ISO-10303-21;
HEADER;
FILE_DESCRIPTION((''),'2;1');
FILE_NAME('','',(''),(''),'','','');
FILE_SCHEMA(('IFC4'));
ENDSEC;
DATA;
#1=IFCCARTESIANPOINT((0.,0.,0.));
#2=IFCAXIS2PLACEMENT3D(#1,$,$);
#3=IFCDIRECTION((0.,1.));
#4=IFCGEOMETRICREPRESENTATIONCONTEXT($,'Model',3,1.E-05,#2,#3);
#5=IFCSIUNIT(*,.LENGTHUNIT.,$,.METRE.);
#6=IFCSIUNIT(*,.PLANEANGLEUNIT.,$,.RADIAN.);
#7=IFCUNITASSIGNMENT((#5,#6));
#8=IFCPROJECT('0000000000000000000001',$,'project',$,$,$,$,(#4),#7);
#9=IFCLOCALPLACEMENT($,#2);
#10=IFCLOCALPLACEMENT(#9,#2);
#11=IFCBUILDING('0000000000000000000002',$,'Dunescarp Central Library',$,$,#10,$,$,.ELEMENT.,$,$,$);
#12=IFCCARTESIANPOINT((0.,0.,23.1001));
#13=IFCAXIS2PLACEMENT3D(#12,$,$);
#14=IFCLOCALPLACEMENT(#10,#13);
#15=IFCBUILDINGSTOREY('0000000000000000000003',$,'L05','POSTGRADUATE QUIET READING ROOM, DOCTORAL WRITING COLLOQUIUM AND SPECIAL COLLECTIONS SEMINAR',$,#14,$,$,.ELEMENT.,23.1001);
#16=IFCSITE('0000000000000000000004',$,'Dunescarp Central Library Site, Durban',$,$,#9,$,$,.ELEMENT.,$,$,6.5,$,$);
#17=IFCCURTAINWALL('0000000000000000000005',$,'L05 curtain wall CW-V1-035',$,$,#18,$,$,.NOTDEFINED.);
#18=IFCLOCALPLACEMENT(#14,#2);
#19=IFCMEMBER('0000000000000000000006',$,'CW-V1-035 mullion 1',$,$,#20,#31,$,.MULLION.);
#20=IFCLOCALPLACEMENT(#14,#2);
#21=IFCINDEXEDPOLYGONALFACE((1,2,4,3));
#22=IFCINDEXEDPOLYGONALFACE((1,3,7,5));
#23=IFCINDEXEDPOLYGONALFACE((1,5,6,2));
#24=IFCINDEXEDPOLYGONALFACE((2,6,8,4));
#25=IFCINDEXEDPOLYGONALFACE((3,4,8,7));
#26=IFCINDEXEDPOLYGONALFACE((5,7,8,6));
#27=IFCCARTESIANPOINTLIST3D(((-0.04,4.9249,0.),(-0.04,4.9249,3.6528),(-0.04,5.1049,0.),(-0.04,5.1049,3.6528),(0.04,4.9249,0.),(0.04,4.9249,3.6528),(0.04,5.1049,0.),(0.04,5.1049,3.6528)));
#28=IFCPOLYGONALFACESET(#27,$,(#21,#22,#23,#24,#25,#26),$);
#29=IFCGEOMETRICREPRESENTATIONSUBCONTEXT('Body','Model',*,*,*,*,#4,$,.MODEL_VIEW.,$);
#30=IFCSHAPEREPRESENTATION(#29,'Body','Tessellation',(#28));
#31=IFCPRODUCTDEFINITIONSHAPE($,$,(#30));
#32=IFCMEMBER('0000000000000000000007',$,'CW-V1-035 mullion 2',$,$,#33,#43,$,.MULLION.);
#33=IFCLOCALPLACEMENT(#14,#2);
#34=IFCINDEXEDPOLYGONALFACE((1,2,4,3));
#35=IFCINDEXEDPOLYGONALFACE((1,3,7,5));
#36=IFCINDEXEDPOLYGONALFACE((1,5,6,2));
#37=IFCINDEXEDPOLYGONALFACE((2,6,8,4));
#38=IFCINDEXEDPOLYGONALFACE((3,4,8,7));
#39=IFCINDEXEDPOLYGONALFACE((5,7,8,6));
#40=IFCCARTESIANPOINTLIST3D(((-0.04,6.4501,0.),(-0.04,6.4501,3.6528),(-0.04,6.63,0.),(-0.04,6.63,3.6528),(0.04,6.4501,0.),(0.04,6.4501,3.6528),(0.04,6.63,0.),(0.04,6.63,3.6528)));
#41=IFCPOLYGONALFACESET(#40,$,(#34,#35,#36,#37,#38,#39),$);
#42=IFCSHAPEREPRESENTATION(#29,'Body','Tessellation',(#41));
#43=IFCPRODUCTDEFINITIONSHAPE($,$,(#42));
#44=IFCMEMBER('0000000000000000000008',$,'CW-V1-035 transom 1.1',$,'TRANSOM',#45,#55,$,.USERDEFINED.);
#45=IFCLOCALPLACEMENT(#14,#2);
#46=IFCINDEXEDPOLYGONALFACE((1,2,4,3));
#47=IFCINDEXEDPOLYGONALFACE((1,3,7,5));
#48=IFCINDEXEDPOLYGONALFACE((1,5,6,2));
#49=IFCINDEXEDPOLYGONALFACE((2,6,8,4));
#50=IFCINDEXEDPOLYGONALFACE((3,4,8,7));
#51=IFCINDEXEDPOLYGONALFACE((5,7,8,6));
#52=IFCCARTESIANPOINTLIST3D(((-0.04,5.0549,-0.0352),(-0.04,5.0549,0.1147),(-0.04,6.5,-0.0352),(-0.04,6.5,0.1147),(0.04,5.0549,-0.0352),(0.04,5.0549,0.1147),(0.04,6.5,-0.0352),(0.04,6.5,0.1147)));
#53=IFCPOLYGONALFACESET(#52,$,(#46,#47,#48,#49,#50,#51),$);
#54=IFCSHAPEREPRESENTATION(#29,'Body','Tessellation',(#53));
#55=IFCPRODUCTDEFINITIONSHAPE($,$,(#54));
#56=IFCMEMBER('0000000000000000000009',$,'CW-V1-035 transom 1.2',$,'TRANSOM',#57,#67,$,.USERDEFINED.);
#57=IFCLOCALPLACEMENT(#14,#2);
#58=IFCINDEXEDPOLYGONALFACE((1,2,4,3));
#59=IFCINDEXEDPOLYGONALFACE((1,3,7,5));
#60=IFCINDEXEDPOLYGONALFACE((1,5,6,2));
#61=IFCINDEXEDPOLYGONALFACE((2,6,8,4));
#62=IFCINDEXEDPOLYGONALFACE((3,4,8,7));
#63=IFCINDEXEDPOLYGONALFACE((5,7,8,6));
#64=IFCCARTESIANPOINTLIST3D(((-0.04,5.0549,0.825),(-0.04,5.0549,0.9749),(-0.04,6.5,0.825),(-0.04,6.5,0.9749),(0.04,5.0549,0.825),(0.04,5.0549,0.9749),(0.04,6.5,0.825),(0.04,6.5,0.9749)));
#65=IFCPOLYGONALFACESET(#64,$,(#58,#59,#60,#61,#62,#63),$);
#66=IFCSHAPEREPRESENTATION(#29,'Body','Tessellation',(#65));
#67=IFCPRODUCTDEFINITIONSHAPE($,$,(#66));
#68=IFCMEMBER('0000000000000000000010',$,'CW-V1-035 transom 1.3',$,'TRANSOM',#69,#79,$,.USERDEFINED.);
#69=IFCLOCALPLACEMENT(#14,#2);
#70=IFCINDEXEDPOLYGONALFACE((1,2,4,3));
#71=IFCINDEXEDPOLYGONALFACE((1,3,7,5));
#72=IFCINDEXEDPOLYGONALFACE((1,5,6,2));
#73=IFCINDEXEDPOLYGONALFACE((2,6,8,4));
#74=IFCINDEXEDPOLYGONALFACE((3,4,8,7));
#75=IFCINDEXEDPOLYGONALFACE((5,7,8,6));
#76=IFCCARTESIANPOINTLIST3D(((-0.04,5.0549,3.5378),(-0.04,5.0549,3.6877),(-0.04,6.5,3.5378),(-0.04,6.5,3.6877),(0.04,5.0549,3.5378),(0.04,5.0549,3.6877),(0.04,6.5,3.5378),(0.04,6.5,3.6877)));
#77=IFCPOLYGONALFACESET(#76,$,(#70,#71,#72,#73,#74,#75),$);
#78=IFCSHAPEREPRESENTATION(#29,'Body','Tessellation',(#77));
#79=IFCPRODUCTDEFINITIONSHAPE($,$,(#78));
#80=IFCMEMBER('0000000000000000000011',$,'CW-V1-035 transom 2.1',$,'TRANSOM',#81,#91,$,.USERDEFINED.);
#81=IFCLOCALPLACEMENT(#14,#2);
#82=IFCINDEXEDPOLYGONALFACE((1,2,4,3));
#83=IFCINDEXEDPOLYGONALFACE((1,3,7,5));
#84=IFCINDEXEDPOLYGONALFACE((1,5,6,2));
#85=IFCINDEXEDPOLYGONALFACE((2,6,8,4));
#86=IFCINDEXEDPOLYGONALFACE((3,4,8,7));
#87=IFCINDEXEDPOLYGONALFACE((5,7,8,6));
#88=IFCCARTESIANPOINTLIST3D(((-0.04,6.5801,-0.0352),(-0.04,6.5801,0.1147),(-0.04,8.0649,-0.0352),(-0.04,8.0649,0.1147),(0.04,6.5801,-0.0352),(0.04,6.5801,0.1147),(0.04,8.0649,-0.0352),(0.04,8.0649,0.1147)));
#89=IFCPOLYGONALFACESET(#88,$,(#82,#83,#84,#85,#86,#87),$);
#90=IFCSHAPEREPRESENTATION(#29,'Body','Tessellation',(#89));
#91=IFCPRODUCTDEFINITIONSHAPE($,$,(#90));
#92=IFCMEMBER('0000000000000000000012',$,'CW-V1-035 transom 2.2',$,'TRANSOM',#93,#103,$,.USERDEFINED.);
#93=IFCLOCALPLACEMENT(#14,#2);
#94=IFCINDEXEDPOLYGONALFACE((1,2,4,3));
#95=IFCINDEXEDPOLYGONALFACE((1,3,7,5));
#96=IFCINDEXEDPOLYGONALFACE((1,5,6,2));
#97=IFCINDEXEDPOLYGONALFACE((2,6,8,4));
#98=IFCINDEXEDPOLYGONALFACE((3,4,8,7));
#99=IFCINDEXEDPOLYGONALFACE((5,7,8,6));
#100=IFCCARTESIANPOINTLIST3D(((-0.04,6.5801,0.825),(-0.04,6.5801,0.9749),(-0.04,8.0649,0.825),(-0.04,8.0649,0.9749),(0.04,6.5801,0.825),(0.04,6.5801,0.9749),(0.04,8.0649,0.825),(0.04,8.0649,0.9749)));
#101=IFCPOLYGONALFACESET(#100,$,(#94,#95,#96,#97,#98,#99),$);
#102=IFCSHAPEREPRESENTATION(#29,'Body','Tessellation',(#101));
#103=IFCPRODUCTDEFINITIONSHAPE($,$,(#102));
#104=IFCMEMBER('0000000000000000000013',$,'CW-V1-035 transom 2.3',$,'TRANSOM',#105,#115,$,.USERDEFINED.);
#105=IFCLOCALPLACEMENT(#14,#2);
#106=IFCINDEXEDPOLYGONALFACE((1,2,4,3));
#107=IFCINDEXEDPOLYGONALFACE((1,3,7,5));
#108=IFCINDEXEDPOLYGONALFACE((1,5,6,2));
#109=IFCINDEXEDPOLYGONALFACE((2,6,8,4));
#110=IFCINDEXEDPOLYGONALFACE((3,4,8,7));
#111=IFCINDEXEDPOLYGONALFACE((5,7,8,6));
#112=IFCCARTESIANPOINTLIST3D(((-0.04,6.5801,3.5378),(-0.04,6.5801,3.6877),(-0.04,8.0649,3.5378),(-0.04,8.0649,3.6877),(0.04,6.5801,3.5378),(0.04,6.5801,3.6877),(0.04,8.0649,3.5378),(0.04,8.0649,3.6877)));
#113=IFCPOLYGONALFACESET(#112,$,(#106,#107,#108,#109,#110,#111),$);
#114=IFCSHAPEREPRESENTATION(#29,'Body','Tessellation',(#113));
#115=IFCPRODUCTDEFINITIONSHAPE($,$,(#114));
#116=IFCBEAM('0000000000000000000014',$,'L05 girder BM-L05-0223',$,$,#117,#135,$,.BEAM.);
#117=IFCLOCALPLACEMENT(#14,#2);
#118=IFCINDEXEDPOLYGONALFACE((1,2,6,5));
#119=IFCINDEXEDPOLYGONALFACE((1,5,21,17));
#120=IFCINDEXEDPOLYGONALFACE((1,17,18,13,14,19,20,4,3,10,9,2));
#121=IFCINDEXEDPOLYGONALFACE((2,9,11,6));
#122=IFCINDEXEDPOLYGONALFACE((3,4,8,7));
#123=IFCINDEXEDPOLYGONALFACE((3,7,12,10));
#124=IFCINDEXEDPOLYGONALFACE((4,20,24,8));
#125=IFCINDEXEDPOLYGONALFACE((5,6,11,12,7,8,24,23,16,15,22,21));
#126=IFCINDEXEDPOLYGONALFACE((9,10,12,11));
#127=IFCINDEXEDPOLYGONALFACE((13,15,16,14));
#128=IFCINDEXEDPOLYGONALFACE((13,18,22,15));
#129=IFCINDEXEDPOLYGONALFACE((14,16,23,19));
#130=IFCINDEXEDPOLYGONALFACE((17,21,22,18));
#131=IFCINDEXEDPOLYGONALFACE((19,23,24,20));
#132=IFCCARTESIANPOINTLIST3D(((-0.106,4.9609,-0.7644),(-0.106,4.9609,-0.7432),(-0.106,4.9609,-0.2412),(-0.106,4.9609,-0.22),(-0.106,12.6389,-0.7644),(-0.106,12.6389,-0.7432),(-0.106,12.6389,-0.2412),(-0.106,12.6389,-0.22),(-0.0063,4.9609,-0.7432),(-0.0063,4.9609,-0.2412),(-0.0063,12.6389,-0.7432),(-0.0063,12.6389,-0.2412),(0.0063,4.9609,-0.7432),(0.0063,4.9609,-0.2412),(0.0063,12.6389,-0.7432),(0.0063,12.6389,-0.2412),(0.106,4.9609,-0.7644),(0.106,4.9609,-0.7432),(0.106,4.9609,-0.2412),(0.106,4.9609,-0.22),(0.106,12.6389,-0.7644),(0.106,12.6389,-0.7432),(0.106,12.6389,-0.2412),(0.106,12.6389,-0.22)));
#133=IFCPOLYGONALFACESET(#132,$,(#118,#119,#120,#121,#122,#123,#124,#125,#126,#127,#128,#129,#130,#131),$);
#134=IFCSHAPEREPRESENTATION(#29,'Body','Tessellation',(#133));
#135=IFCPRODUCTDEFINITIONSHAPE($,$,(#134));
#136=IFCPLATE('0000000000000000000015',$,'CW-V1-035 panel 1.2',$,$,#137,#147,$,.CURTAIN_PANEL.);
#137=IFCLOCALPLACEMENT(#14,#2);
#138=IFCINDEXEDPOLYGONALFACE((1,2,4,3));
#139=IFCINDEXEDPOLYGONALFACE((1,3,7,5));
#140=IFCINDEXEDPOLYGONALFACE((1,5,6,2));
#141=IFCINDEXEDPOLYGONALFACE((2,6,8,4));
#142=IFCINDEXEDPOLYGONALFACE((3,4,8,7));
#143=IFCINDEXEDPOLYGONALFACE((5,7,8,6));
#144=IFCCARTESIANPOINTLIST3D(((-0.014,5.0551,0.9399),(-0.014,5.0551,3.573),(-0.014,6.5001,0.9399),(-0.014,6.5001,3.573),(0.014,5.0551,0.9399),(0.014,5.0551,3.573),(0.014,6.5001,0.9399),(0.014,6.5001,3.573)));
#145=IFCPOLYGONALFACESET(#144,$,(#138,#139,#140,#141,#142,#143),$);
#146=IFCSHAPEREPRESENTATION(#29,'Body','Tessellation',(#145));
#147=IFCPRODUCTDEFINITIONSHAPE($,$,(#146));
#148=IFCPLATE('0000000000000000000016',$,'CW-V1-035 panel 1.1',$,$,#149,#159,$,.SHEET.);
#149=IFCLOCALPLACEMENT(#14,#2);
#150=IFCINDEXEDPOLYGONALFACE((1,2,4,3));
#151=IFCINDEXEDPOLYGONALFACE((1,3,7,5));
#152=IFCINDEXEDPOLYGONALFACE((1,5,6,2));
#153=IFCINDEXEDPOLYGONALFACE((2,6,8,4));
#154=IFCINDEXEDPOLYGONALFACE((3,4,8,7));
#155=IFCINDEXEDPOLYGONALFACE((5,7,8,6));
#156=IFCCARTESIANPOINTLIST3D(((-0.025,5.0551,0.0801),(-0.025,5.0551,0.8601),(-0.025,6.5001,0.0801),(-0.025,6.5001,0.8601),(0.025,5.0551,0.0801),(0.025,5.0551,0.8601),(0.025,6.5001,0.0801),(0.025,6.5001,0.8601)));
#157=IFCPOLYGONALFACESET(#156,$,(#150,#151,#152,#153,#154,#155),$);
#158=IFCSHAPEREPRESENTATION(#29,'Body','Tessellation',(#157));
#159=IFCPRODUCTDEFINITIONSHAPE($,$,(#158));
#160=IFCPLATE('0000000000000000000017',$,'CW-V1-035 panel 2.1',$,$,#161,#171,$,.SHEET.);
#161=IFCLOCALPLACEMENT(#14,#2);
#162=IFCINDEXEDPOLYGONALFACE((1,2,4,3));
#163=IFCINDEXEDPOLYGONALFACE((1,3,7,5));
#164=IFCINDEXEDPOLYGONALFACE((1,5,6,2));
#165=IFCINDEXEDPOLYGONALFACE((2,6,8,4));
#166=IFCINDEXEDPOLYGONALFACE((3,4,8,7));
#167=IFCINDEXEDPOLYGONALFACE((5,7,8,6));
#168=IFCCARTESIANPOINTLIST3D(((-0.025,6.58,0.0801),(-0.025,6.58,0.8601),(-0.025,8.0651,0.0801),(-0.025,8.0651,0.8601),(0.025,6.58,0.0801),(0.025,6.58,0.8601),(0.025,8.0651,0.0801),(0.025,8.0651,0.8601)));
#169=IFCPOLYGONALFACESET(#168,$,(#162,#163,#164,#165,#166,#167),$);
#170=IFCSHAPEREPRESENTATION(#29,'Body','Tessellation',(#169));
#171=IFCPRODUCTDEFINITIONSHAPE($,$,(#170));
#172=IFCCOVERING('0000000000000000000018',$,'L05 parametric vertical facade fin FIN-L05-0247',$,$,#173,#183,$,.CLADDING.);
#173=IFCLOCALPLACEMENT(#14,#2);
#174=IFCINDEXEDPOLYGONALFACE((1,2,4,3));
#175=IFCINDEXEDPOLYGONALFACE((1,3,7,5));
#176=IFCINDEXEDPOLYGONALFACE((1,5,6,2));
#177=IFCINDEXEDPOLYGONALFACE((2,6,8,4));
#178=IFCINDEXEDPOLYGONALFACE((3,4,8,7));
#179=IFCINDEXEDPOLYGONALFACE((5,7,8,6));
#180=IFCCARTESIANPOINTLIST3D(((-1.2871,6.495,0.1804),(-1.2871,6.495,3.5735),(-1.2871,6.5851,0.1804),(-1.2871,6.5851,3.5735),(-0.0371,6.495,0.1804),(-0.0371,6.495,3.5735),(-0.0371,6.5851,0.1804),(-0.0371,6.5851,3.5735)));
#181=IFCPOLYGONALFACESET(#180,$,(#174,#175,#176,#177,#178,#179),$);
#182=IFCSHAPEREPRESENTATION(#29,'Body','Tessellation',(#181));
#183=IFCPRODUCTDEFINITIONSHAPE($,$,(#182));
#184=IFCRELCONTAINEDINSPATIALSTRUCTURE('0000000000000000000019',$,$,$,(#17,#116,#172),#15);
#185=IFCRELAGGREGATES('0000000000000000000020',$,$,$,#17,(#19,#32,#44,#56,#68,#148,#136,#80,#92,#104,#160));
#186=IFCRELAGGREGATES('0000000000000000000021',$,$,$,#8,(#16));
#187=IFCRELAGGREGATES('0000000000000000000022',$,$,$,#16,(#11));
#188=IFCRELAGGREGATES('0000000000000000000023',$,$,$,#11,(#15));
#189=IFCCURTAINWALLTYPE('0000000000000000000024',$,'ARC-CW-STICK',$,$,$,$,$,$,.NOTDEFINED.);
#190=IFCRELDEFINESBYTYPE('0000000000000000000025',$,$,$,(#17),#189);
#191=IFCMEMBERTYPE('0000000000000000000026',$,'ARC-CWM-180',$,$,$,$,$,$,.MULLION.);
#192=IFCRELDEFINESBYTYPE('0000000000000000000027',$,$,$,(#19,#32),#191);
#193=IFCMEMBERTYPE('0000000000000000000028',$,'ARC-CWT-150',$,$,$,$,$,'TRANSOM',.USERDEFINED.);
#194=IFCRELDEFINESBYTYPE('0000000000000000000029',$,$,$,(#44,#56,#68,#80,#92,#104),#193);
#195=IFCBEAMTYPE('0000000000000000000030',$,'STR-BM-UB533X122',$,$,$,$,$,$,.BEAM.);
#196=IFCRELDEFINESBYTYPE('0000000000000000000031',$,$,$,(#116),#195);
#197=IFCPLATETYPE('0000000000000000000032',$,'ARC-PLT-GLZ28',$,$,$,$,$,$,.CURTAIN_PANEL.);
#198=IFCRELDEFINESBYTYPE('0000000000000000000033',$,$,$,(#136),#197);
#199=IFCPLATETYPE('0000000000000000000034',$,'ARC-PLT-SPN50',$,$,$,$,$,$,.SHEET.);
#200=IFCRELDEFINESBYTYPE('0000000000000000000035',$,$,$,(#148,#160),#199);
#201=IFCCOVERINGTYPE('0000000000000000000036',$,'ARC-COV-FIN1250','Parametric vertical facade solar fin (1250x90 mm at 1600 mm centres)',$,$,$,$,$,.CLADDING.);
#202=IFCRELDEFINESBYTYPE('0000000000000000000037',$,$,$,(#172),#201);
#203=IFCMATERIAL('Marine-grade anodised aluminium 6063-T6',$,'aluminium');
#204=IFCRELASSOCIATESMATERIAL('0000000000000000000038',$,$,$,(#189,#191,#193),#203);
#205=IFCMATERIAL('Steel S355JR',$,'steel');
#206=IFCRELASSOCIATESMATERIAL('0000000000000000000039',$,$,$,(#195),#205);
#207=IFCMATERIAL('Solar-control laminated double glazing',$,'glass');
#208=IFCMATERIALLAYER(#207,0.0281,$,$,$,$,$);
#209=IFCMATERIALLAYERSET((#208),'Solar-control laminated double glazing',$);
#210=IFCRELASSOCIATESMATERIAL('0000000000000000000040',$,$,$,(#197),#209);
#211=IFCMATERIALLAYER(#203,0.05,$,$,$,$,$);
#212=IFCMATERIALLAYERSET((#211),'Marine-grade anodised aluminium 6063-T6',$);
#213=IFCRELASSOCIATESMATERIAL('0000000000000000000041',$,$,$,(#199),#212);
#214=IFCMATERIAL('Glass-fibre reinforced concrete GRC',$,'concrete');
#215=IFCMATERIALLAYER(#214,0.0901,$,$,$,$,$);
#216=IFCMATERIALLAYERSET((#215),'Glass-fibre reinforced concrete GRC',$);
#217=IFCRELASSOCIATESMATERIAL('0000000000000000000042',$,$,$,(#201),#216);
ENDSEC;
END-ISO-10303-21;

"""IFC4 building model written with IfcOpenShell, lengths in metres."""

from ifc_helpers import new_model, si_unit, direction, frame, origin, origin_2d, place, context, subcontext, project, spatial, rectangle, i_section, extrude, material, layer, layer_set, material_profile, profile_set, type_object, element, aggregate, save


model = new_model("IFC4")

# Units and contexts
model_context = context("Model", 3, precision=1e-05, world=origin(), true_north=direction((0.0, 1.0)))
body_context = subcontext(model_context, "Body", "Model", "MODEL_VIEW")
ifc_project = project(units=[si_unit("LENGTHUNIT", "METRE"), si_unit("PLANEANGLEUNIT", "RADIAN")], contexts=[model_context])

# Site, building, storey
site_placement = place(None, origin())
site = spatial("IfcSite", under=ifc_project, at=site_placement, Name="Dunescarp Central Library Site, Durban", CompositionType="ELEMENT", RefElevation=6.5)
building_placement = place(site_placement, origin())
building = spatial("IfcBuilding", under=site, at=building_placement, Name="Dunescarp Central Library", CompositionType="ELEMENT")
storey_placement = place(building_placement, frame((0.0, 0.0, 23.1001)))
storey = spatial("IfcBuildingStorey", under=building, at=storey_placement, Name="L05", Description="POSTGRADUATE QUIET READING ROOM, DOCTORAL WRITING COLLOQUIUM AND SPECIAL COLLECTIONS SEMINAR", CompositionType="ELEMENT", Elevation=23.1001)

# Curtain wall, members
ifc_material_1 = material(Name="Marine-grade anodised aluminium 6063-T6", Category="aluminium")
curtain_wall_type = type_object("IfcCurtainWallType", Name="ARC-CW-STICK", PredefinedType="NOTDEFINED", material=ifc_material_1)
curtain_wall_placement = place(storey_placement, origin())
curtain_wall = element("IfcCurtainWall", 1, at=curtain_wall_placement, inside=storey, type_object=curtain_wall_type, Name="L05 curtain wall CW-V1-035", PredefinedType="NOTDEFINED")
ifc_material_profile_1 = material_profile(ifc_material_1, rectangle(XDim=0.0801, YDim=0.1799, at=origin_2d()), Name="AL 80x180")
ifc_profile_set_1 = profile_set([ifc_material_profile_1], Name="Marine-grade anodised aluminium 6063-T6")
member_type_1 = type_object("IfcMemberType", Name="ARC-CWM-180", PredefinedType="MULLION", material=ifc_profile_set_1)
member_1_placement = place(storey_placement, frame((0.0, 5.0149, 0.0), z_axis=(0.0, 0.0, 1.0), x_axis=(-1.0, 0.0, 0.0)))
member_1 = element("IfcMember", 2, at=member_1_placement, type_object=member_type_1, Name="CW-V1-035 mullion 1", PredefinedType="MULLION", context=body_context, shape_type="SweptSolid", body=[
    extrude(rectangle(XDim=0.0801, YDim=0.1799, at=origin_2d()), origin(), (0.0, 0.0, 1.0), 3.6528),
])
member_2_placement = place(storey_placement, frame((0.0, 6.54, 0.0), z_axis=(0.0, 0.0, 1.0), x_axis=(-1.0, 0.0, 0.0)))
member_2 = element("IfcMember", 3, at=member_2_placement, type_object=member_type_1, Name="CW-V1-035 mullion 2", PredefinedType="MULLION", context=body_context, shape_type="SweptSolid", body=[
    extrude(rectangle(XDim=0.0801, YDim=0.1799, at=origin_2d()), origin(), (0.0, 0.0, 1.0), 3.6528),
])
ifc_material_profile_2 = material_profile(ifc_material_1, rectangle(XDim=0.0801, YDim=0.1499, at=origin_2d()), Name="AL 80x150")
ifc_profile_set_2 = profile_set([ifc_material_profile_2], Name="Marine-grade anodised aluminium 6063-T6")
member_type_2 = type_object("IfcMemberType", Name="ARC-CWT-150", ElementType="TRANSOM", PredefinedType="USERDEFINED", material=ifc_profile_set_2)
member_3_placement = place(storey_placement, frame((0.0, 5.0549, 0.0398), z_axis=(0.0, 1.0, 0.0), x_axis=(-1.0, 0.0, 0.0)))
member_3 = element("IfcMember", 4, at=member_3_placement, type_object=member_type_2, Name="CW-V1-035 transom 1.1", ObjectType="TRANSOM", PredefinedType="USERDEFINED", context=body_context, shape_type="SweptSolid", body=[
    extrude(rectangle(XDim=0.0801, YDim=0.1499, at=origin_2d()), origin(), (0.0, 0.0, 1.0), 1.4451),
])
member_4_placement = place(storey_placement, frame((0.0, 5.0549, 0.8999), z_axis=(0.0, 1.0, 0.0), x_axis=(-1.0, 0.0, 0.0)))
member_4 = element("IfcMember", 5, at=member_4_placement, type_object=member_type_2, Name="CW-V1-035 transom 1.2", ObjectType="TRANSOM", PredefinedType="USERDEFINED", context=body_context, shape_type="SweptSolid", body=[
    extrude(rectangle(XDim=0.0801, YDim=0.1499, at=origin_2d()), origin(), (0.0, 0.0, 1.0), 1.4451),
])
member_5_placement = place(storey_placement, frame((0.0, 5.0549, 3.6128), z_axis=(0.0, 1.0, 0.0), x_axis=(-1.0, 0.0, 0.0)))
member_5 = element("IfcMember", 6, at=member_5_placement, type_object=member_type_2, Name="CW-V1-035 transom 1.3", ObjectType="TRANSOM", PredefinedType="USERDEFINED", context=body_context, shape_type="SweptSolid", body=[
    extrude(rectangle(XDim=0.0801, YDim=0.1499, at=origin_2d()), origin(), (0.0, 0.0, 1.0), 1.4451),
])
member_6_placement = place(storey_placement, frame((0.0, 6.5801, 0.0398), z_axis=(0.0, 1.0, 0.0), x_axis=(-1.0, 0.0, 0.0)))
member_6 = element("IfcMember", 7, at=member_6_placement, type_object=member_type_2, Name="CW-V1-035 transom 2.1", ObjectType="TRANSOM", PredefinedType="USERDEFINED", context=body_context, shape_type="SweptSolid", body=[
    extrude(rectangle(XDim=0.0801, YDim=0.1499, at=origin_2d()), origin(), (0.0, 0.0, 1.0), 1.4849),
])
member_7_placement = place(storey_placement, frame((0.0, 6.5801, 0.8999), z_axis=(0.0, 1.0, 0.0), x_axis=(-1.0, 0.0, 0.0)))
member_7 = element("IfcMember", 8, at=member_7_placement, type_object=member_type_2, Name="CW-V1-035 transom 2.2", ObjectType="TRANSOM", PredefinedType="USERDEFINED", context=body_context, shape_type="SweptSolid", body=[
    extrude(rectangle(XDim=0.0801, YDim=0.1499, at=origin_2d()), origin(), (0.0, 0.0, 1.0), 1.4849),
])
member_8_placement = place(storey_placement, frame((0.0, 6.5801, 3.6128), z_axis=(0.0, 1.0, 0.0), x_axis=(-1.0, 0.0, 0.0)))
member_8 = element("IfcMember", 9, at=member_8_placement, type_object=member_type_2, Name="CW-V1-035 transom 2.3", ObjectType="TRANSOM", PredefinedType="USERDEFINED", context=body_context, shape_type="SweptSolid", body=[
    extrude(rectangle(XDim=0.0801, YDim=0.1499, at=origin_2d()), origin(), (0.0, 0.0, 1.0), 1.4849),
])

# Beam
ifc_material_2 = material(Name="Steel S355JR", Category="steel")
ifc_material_profile_3 = material_profile(ifc_material_2, i_section(OverallWidth=0.2119, OverallDepth=0.5444, WebThickness=0.0127, FlangeThickness=0.0212, at=origin_2d()), Name="UB 533x210x122")
ifc_profile_set_3 = profile_set([ifc_material_profile_3], Name="Steel S355JR")
beam_type = type_object("IfcBeamType", Name="STR-BM-UB533X122", PredefinedType="BEAM", material=ifc_profile_set_3)
beam_placement = place(storey_placement, frame((0.0, 4.9609, -0.4922), z_axis=(0.0, 1.0, 0.0), x_axis=(-1.0, 0.0, 0.0)))
element("IfcBeam", 10, at=beam_placement, inside=storey, type_object=beam_type, Name="L05 girder BM-L05-0223", PredefinedType="BEAM", context=body_context, shape_type="SweptSolid", body=[
    extrude(i_section(OverallWidth=0.2119, OverallDepth=0.5444, WebThickness=0.0127, FlangeThickness=0.0212, at=origin_2d()), origin(), (0.0, 0.0, 1.0), 7.678),
])

# Plates
ifc_material_3 = material(Name="Solar-control laminated double glazing", Category="glass")
ifc_layer_1 = layer(ifc_material_3, 0.0281)
ifc_layer_set_1 = layer_set([ifc_layer_1], Name="Solar-control laminated double glazing")
plate_type_1 = type_object("IfcPlateType", Name="ARC-PLT-GLZ28", PredefinedType="CURTAIN_PANEL", material=ifc_layer_set_1)
plate_1_placement = place(storey_placement, frame((0.0, 5.7776, 0.9399), z_axis=(0.0, 0.0, 1.0), x_axis=(0.0, 1.0, 0.0)))
plate_1 = element("IfcPlate", 11, at=plate_1_placement, type_object=plate_type_1, Name="CW-V1-035 panel 1.2", PredefinedType="CURTAIN_PANEL", context=body_context, shape_type="SweptSolid", body=[
    extrude(rectangle(XDim=1.4451, YDim=0.0281, at=origin_2d()), origin(), (0.0, 0.0, 1.0), 2.6331),
])
ifc_layer_2 = layer(ifc_material_1, 0.05)
ifc_layer_set_2 = layer_set([ifc_layer_2], Name="Marine-grade anodised aluminium 6063-T6")
plate_type_2 = type_object("IfcPlateType", Name="ARC-PLT-SPN50", PredefinedType="SHEET", material=ifc_layer_set_2)
plate_2_placement = place(storey_placement, frame((0.0, 5.7776, 0.0801), z_axis=(0.0, 0.0, 1.0), x_axis=(0.0, 1.0, 0.0)))
plate_2 = element("IfcPlate", 12, at=plate_2_placement, type_object=plate_type_2, Name="CW-V1-035 panel 1.1", PredefinedType="SHEET", context=body_context, shape_type="SweptSolid", body=[
    extrude(rectangle(XDim=1.4451, YDim=0.05, at=origin_2d()), origin(), (0.0, 0.0, 1.0), 0.78),
])
plate_3_placement = place(storey_placement, frame((0.0, 7.3225, 0.0801), z_axis=(0.0, 0.0, 1.0), x_axis=(0.0, 1.0, 0.0)))
plate_3 = element("IfcPlate", 13, at=plate_3_placement, type_object=plate_type_2, Name="CW-V1-035 panel 2.1", PredefinedType="SHEET", context=body_context, shape_type="SweptSolid", body=[
    extrude(rectangle(XDim=1.4851, YDim=0.05, at=origin_2d()), origin(), (0.0, 0.0, 1.0), 0.78),
])
aggregate(curtain_wall, [member_1, member_2, member_3, member_4, member_5, plate_2, plate_1, member_6, member_7, member_8, plate_3])

# Covering
ifc_material_4 = material(Name="Glass-fibre reinforced concrete GRC", Category="concrete")
ifc_layer_3 = layer(ifc_material_4, 0.0901)
ifc_layer_set_3 = layer_set([ifc_layer_3], Name="Glass-fibre reinforced concrete GRC")
covering_type = type_object("IfcCoveringType", Name="ARC-COV-FIN1250", Description="Parametric vertical facade solar fin (1250x90 mm at 1600 mm centres)", PredefinedType="CLADDING", material=ifc_layer_set_3)
covering_1_placement = place(storey_placement, frame((-0.6621, 6.54, 0.1804), z_axis=(0.0, 0.0, 1.0), x_axis=(-1.0, 0.0, 0.0)))
element("IfcCovering", 14, at=covering_1_placement, inside=storey, type_object=covering_type, Name="L05 parametric vertical facade fin FIN-L05-0247", PredefinedType="CLADDING", context=body_context, shape_type="SweptSolid", body=[
    extrude(rectangle(XDim=1.25, YDim=0.0901, at=origin_2d()), origin(), (0.0, 0.0, 1.0), 3.3931),
])

save(model, "model.ifc")
